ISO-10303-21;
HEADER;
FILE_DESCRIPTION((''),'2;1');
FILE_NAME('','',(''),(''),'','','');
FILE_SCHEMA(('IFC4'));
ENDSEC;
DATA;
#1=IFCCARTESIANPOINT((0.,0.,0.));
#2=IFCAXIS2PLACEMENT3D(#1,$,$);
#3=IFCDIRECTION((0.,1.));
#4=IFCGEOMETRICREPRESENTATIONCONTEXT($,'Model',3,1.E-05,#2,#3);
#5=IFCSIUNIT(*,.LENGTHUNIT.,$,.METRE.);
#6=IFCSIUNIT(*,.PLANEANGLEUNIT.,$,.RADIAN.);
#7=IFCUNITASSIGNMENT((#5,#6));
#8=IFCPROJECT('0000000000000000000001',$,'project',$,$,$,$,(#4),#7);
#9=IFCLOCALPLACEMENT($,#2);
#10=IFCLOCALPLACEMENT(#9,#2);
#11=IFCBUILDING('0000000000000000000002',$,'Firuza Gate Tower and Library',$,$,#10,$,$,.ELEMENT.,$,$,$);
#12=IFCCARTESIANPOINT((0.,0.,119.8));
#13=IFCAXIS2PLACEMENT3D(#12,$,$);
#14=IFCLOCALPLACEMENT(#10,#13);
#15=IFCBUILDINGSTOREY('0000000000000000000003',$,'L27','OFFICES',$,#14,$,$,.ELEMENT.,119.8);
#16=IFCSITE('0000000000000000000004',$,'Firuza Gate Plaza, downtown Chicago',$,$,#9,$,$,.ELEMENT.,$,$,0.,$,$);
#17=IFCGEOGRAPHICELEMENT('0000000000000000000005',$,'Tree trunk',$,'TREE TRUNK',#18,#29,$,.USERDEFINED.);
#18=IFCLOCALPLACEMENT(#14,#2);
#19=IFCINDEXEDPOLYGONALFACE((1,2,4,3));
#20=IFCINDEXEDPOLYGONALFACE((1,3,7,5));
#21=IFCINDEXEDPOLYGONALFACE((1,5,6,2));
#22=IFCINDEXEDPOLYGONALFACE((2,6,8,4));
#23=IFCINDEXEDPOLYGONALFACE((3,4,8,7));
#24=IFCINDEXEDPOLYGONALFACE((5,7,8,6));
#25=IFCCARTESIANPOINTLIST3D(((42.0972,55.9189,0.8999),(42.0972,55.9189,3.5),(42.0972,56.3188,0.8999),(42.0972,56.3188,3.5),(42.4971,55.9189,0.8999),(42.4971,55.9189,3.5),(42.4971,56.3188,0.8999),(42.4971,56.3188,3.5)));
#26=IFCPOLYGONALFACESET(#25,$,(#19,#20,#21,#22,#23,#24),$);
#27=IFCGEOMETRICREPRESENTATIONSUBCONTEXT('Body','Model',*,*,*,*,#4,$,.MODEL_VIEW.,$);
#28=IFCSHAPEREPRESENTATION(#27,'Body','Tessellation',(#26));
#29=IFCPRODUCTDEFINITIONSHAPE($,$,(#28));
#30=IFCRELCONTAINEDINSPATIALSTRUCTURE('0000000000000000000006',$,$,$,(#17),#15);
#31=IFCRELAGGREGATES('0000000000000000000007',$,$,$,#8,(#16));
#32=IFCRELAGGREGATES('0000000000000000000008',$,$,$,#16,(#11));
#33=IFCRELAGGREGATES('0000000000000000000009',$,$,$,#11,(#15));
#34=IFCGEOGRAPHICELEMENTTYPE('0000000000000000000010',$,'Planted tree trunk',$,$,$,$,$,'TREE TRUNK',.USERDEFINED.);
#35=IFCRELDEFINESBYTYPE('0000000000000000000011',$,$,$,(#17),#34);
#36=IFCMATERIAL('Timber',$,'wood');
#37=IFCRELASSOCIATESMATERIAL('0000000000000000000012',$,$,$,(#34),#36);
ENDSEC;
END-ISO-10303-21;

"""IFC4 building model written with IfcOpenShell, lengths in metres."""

from ifc_helpers import new_model, si_unit, direction, frame, origin, origin_2d, place, context, subcontext, project, spatial, rectangle, extrude, material, type_object, element, save


model = new_model("IFC4")

# Units and contexts
model_context = context("Model", 3, precision=1e-05, world=origin(), true_north=direction((0.0, 1.0)))
body_context = subcontext(model_context, "Body", "Model", "MODEL_VIEW")
ifc_project = project(units=[si_unit("LENGTHUNIT", "METRE"), si_unit("PLANEANGLEUNIT", "RADIAN")], contexts=[model_context])

# Site, building, storey
site_placement = place(None, origin())
site = spatial("IfcSite", under=ifc_project, at=site_placement, Name="Firuza Gate Plaza, downtown Chicago", CompositionType="ELEMENT", RefElevation=0.0)
building_placement = place(site_placement, origin())
building = spatial("IfcBuilding", under=site, at=building_placement, Name="Firuza Gate Tower and Library", CompositionType="ELEMENT")
storey_placement = place(building_placement, frame((0.0, 0.0, 119.8)))
storey = spatial("IfcBuildingStorey", under=building, at=storey_placement, Name="L27", Description="OFFICES", CompositionType="ELEMENT", Elevation=119.8)

# Geographic element
ifc_material_1 = material(Name="Timber", Category="wood")
geographic_element_type_1 = type_object("IfcGeographicElementType", Name="Planted tree trunk", ElementType="TREE TRUNK", PredefinedType="USERDEFINED", material=ifc_material_1)
geographic_element_1_placement = place(storey_placement, frame((42.2971, 56.1189, 0.8999), z_axis=(0.0, 0.0, 1.0), x_axis=(1.0, 0.0, 0.0)))
element("IfcGeographicElement", 1, at=geographic_element_1_placement, inside=storey, type_object=geographic_element_type_1, Name="Tree trunk", ObjectType="TREE TRUNK", PredefinedType="USERDEFINED", context=body_context, shape_type="SweptSolid", body=[
    extrude(rectangle(XDim=0.3999, YDim=0.3999, at=origin_2d()), origin(), (0.0, 0.0, 1.0), 2.6001),
])

save(model, "model.ifc")
